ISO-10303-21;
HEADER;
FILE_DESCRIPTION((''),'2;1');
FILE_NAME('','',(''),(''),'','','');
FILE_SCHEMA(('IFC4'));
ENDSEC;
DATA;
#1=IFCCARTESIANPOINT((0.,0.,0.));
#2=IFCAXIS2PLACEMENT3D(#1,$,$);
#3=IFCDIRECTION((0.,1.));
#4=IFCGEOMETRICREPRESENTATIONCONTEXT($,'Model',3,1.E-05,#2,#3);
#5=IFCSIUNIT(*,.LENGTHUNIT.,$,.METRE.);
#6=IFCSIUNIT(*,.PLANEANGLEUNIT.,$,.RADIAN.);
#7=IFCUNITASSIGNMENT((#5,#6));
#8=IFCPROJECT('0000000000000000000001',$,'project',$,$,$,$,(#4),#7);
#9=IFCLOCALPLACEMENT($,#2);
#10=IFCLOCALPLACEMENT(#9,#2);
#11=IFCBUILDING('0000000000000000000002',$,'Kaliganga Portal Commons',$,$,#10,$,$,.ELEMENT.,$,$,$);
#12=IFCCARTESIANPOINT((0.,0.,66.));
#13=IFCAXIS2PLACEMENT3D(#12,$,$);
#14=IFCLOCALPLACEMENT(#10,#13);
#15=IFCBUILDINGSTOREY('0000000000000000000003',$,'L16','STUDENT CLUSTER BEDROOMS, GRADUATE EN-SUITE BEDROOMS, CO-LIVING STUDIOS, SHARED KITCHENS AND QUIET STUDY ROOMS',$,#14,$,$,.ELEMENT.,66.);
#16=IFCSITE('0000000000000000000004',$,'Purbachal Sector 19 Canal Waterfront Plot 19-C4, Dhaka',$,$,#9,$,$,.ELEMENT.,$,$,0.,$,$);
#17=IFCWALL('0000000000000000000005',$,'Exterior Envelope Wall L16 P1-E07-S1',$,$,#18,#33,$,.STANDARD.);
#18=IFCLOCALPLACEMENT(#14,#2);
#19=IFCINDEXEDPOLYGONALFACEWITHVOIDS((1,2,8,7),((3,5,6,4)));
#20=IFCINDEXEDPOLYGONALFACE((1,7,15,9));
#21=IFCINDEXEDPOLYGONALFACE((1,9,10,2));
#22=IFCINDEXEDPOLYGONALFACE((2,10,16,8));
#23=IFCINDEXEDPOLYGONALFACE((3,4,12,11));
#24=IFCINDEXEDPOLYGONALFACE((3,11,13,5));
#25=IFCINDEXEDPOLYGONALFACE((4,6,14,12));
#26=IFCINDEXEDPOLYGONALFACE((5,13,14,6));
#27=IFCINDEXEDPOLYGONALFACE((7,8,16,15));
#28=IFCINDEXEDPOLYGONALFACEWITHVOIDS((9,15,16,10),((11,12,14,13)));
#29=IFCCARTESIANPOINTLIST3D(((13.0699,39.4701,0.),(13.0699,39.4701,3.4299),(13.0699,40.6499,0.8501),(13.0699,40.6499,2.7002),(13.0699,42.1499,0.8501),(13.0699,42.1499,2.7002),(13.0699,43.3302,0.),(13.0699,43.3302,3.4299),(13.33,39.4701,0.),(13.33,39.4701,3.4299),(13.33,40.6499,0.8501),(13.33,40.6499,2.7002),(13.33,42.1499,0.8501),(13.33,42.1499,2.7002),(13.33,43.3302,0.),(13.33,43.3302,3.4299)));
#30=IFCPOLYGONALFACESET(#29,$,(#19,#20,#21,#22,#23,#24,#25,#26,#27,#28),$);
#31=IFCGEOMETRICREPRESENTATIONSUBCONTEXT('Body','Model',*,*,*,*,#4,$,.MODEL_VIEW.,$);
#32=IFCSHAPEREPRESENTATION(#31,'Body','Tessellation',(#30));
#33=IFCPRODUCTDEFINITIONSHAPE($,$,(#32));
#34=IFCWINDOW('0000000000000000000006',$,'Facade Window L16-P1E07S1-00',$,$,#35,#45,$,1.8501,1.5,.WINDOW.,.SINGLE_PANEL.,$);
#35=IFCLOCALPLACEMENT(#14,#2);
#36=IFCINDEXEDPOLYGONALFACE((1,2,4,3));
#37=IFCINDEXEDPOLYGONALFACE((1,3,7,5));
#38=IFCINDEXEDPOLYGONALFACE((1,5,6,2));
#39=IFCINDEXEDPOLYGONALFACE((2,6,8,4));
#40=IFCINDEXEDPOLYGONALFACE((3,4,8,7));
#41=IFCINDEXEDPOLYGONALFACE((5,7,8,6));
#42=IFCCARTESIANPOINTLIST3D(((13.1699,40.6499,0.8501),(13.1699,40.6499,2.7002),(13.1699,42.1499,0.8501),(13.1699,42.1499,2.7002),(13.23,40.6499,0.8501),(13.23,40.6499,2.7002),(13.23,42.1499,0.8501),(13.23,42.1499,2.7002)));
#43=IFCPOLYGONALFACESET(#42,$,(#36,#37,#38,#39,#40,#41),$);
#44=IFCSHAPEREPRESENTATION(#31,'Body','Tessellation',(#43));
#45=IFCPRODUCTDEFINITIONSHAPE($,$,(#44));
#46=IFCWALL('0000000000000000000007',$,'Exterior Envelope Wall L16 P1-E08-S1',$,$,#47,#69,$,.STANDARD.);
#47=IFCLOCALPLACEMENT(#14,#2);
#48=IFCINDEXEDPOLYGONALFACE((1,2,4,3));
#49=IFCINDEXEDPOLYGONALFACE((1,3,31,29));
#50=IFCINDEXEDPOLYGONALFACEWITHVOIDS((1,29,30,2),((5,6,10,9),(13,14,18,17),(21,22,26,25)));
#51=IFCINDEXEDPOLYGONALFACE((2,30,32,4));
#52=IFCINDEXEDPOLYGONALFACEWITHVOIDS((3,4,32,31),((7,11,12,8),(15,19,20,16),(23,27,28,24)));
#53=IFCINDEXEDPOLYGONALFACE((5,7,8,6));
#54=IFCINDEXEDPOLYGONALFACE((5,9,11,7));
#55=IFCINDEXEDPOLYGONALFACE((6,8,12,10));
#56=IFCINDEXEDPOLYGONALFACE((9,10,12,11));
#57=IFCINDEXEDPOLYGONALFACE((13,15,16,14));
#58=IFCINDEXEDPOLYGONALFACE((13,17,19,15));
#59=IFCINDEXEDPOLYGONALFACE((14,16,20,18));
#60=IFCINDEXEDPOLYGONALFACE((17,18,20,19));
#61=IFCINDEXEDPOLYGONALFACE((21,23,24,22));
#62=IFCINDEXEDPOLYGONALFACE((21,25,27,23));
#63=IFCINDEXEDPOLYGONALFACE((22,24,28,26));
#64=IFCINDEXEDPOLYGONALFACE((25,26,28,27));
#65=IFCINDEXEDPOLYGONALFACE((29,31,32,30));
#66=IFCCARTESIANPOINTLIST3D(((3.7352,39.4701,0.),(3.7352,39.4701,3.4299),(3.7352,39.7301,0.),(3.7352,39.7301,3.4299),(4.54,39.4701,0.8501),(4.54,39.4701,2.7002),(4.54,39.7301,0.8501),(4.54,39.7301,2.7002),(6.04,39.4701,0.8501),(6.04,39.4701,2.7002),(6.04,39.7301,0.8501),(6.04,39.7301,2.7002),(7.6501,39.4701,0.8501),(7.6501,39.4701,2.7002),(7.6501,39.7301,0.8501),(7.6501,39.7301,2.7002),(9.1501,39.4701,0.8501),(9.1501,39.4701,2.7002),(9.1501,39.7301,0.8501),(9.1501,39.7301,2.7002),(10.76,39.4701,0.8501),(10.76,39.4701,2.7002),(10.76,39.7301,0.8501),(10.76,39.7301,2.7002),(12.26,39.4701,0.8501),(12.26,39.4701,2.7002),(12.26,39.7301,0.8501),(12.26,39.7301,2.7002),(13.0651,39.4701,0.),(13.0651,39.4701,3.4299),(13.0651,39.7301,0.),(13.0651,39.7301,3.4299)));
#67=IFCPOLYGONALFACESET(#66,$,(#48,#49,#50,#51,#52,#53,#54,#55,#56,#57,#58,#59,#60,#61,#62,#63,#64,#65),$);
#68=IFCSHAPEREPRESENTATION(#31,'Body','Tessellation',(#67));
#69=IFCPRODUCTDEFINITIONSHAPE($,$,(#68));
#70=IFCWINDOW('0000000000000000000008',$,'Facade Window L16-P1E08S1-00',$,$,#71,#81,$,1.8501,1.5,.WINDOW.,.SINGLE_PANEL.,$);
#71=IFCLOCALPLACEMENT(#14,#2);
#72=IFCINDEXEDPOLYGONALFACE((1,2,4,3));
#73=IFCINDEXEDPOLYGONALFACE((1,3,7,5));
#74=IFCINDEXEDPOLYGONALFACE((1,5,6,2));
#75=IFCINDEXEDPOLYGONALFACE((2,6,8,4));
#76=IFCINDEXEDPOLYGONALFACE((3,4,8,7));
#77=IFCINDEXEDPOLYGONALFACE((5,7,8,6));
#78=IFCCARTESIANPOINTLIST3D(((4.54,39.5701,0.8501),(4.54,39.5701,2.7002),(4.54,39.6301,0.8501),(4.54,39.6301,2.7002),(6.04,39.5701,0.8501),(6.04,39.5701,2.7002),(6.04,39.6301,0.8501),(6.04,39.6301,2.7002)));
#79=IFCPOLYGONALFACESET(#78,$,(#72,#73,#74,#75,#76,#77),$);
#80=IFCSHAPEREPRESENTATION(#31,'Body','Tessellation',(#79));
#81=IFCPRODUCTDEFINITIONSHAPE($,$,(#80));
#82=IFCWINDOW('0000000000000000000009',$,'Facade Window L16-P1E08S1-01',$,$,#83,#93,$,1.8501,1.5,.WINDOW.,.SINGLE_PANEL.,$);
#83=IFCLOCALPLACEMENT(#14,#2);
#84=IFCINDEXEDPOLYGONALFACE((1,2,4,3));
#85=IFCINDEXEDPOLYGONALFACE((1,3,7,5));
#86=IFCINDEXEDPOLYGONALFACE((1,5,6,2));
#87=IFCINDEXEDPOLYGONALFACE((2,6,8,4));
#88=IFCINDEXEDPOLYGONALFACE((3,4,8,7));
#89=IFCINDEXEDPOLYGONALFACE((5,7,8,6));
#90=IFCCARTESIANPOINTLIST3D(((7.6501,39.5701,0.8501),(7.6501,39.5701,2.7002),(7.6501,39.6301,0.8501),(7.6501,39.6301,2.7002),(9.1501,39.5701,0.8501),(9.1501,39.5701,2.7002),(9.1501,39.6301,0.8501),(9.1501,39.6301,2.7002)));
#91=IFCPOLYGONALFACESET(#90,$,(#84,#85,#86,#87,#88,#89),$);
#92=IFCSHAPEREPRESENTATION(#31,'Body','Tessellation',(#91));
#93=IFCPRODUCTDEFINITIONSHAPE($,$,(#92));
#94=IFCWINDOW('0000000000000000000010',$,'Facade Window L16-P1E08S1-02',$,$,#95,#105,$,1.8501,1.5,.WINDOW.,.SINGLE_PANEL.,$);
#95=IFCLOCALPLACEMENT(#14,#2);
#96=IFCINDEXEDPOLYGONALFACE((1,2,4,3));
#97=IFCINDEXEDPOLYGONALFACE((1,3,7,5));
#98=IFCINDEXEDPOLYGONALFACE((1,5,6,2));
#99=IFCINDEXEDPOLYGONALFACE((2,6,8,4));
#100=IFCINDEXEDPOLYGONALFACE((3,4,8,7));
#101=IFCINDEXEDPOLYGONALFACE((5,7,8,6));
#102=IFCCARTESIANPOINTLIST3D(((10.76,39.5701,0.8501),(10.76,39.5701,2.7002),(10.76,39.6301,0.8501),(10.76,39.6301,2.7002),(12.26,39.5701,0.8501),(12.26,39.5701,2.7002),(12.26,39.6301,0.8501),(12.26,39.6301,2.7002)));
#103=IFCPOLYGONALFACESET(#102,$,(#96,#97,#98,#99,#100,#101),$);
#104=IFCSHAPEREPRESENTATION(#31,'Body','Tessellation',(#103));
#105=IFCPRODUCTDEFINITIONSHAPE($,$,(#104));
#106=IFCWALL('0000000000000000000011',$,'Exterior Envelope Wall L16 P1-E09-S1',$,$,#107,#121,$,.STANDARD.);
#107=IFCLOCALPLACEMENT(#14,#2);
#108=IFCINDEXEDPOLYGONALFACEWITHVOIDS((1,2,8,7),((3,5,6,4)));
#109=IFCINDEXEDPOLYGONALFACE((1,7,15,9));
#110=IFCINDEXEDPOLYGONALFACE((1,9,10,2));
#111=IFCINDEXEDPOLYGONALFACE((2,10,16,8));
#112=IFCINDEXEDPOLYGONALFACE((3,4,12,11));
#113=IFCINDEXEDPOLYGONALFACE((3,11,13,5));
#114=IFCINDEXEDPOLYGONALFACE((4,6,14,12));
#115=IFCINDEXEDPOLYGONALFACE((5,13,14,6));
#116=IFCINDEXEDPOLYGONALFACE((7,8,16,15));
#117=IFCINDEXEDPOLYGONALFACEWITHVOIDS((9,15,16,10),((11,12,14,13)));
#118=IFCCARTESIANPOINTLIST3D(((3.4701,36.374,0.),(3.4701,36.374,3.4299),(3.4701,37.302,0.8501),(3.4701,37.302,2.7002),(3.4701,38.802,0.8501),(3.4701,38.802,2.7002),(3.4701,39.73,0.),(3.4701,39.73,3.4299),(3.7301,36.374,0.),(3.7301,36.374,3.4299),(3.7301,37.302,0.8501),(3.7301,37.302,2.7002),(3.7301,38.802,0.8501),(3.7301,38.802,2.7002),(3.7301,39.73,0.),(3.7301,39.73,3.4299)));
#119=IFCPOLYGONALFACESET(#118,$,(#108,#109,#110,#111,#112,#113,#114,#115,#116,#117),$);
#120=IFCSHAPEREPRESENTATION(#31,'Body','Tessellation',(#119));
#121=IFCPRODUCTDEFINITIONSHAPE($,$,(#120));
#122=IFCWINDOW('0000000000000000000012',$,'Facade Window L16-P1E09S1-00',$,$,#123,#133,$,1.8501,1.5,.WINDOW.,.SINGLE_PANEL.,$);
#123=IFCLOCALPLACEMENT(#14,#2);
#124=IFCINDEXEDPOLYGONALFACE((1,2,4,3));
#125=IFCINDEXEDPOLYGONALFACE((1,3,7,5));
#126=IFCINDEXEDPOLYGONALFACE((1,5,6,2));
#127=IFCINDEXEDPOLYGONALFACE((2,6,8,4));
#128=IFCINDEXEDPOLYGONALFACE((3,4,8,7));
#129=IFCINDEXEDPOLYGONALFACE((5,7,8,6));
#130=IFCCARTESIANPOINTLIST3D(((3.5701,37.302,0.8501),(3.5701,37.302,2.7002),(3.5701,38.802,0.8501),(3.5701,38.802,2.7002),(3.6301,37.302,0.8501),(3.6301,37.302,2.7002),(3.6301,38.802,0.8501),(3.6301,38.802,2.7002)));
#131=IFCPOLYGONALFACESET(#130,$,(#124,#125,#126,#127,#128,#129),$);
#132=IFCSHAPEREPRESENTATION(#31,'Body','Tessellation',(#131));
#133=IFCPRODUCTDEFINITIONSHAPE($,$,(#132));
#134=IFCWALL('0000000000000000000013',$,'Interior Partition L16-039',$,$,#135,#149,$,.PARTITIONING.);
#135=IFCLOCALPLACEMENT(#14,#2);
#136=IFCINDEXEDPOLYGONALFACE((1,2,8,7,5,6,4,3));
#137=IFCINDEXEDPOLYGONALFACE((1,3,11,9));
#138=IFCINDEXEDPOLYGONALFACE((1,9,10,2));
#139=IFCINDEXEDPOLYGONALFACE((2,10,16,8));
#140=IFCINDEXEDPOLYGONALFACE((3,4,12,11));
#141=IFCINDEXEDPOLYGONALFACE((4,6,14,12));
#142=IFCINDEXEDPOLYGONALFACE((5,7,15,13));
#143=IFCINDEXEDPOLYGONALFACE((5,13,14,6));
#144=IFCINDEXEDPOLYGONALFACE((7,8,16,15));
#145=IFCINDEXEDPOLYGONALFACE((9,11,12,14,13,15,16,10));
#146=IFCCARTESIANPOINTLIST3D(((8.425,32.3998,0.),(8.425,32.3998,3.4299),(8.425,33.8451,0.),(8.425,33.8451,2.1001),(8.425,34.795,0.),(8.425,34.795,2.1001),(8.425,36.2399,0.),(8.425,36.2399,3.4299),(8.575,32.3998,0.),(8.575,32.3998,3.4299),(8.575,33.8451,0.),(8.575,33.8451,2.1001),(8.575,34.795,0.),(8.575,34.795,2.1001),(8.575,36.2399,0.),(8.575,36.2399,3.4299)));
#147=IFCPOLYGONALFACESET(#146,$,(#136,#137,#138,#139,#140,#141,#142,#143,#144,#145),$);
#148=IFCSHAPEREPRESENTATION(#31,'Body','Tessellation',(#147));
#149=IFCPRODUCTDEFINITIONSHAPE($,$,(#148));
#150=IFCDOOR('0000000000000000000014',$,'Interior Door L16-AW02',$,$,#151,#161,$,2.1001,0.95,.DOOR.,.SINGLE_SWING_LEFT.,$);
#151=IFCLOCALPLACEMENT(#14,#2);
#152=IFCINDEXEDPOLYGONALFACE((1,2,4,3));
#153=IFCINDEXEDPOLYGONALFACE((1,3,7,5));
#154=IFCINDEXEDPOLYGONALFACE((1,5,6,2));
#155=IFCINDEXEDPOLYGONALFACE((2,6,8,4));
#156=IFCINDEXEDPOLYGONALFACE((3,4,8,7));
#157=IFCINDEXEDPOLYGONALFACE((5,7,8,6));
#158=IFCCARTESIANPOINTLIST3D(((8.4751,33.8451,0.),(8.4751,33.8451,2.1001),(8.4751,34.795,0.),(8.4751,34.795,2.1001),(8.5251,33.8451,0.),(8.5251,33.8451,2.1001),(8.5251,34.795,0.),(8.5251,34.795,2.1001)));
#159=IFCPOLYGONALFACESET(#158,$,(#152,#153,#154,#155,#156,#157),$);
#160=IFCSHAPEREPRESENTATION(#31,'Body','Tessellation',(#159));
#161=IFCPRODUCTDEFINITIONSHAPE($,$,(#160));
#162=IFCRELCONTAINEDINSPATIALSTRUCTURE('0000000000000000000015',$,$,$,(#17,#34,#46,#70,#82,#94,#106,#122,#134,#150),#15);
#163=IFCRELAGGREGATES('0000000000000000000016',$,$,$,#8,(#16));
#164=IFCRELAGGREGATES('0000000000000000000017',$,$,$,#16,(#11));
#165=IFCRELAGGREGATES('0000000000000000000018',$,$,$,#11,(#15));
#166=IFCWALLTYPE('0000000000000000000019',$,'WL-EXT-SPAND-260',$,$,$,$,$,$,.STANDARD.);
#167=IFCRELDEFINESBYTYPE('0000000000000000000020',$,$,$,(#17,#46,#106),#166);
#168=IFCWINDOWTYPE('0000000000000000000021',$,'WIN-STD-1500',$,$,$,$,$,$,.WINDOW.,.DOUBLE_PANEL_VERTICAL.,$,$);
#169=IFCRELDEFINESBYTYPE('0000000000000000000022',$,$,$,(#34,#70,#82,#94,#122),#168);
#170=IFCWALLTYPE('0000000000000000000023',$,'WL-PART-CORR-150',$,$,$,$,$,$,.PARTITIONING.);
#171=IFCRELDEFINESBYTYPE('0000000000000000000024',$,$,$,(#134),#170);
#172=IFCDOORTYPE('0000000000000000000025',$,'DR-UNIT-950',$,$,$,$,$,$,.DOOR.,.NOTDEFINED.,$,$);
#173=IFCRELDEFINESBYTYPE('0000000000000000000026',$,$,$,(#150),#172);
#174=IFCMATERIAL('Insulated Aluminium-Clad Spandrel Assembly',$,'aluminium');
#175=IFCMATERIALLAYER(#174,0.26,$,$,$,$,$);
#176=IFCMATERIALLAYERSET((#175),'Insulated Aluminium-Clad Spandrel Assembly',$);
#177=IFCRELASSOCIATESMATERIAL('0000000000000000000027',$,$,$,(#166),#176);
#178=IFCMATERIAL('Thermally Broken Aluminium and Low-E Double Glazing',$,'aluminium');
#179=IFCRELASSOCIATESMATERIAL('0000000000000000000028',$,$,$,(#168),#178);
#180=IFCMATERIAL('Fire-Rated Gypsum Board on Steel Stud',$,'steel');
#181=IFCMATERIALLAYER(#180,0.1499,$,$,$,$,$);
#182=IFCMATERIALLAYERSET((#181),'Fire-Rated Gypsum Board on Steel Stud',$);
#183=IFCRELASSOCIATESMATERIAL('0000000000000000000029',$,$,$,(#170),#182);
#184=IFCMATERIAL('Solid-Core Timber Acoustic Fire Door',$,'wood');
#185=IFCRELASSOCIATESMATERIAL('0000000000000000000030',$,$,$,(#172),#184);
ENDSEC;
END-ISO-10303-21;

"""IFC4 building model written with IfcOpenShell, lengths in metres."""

from ifc_helpers import new_model, si_unit, direction, frame, frame_2d, origin, place, context, subcontext, project, spatial, rectangle, extrude, material, layer, layer_set, type_object, element, fill, save


model = new_model("IFC4")

# Units and contexts
model_context = context("Model", 3, precision=1e-05, world=origin(), true_north=direction((0.0, 1.0)))
body_context = subcontext(model_context, "Body", "Model", "MODEL_VIEW")
ifc_project = project(units=[si_unit("LENGTHUNIT", "METRE"), si_unit("PLANEANGLEUNIT", "RADIAN")], contexts=[model_context])

# Site, building, storey
site_placement = place(None, origin())
site = spatial("IfcSite", under=ifc_project, at=site_placement, Name="Purbachal Sector 19 Canal Waterfront Plot 19-C4, Dhaka", CompositionType="ELEMENT", RefElevation=0.0)
building_placement = place(site_placement, origin())
building = spatial("IfcBuilding", under=site, at=building_placement, Name="Kaliganga Portal Commons", CompositionType="ELEMENT")
storey_placement = place(building_placement, frame((0.0, 0.0, 66.0)))
storey = spatial("IfcBuildingStorey", under=building, at=storey_placement, Name="L16", Description="STUDENT CLUSTER BEDROOMS, GRADUATE EN-SUITE BEDROOMS, CO-LIVING STUDIOS, SHARED KITCHENS AND QUIET STUDY ROOMS", CompositionType="ELEMENT", Elevation=66.0)

# Shared definitions
ifc_material_1 = material(Name="Insulated Aluminium-Clad Spandrel Assembly", Category="aluminium")
ifc_layer_1 = layer(ifc_material_1, 0.26)
ifc_layer_set_1 = layer_set([ifc_layer_1], Name="Insulated Aluminium-Clad Spandrel Assembly")
wall_type_1 = type_object("IfcWallType", Name="WL-EXT-SPAND-260", PredefinedType="STANDARD", material=ifc_layer_set_1)

# Wall, opening, window
wall_1_placement = place(storey_placement, frame((13.2, 39.47, 0.0), z_axis=(0.0, 0.0, 1.0), x_axis=(0.0, 1.0, 0.0)))
wall_1 = element("IfcWall", 1, at=wall_1_placement, inside=storey, type_object=wall_type_1, Name="Exterior Envelope Wall L16 P1-E07-S1", PredefinedType="STANDARD", context=body_context, shape_type="SweptSolid", body=[
    extrude(rectangle(XDim=3.8601, YDim=0.26, at=frame_2d((1.9302, 0.0))), origin(), (0.0, 0.0, 1.0), 3.4299),
])
opening_1_placement = place(wall_1_placement, frame((1.1799, 0.0, 0.8501)))
opening_1 = element("IfcOpeningElement", 2, at=opening_1_placement, cuts=wall_1, PredefinedType="OPENING", context=body_context, shape_type="SweptSolid", body=[
    extrude(rectangle(XDim=1.5, YDim=1.8501, at=frame_2d((0.75, 0.925))), frame((0.0, 0.1401, 0.0), z_axis=(0.0, -1.0, 0.0), x_axis=(1.0, 0.0, 0.0)), (0.0, 0.0, 1.0), 0.28),
])
ifc_material_2 = material(Name="Thermally Broken Aluminium and Low-E Double Glazing", Category="aluminium")
window_type = type_object("IfcWindowType", Name="WIN-STD-1500", PartitioningType="DOUBLE_PANEL_VERTICAL", PredefinedType="WINDOW", material=ifc_material_2)
window_1_placement = place(opening_1_placement, origin())
window_1 = element("IfcWindow", 3, at=window_1_placement, inside=storey, type_object=window_type, Name="Facade Window L16-P1E07S1-00", OverallHeight=1.8501, OverallWidth=1.5, PartitioningType="SINGLE_PANEL", PredefinedType="WINDOW", context=body_context, shape_type="SweptSolid", body=[
    extrude(rectangle(XDim=1.5, YDim=1.8501, at=frame_2d((0.75, 0.925))), frame((0.0, 0.03, 0.0), z_axis=(0.0, -1.0, 0.0), x_axis=(1.0, 0.0, 0.0)), (0.0, 0.0, 1.0), 0.0601),
])
fill(opening_1, window_1)

# Wall, openings, windows
wall_2_placement = place(storey_placement, frame((3.7351, 39.6001, 0.0), z_axis=(0.0, 0.0, 1.0), x_axis=(1.0, 0.0, 0.0)))
wall_2 = element("IfcWall", 4, at=wall_2_placement, inside=storey, type_object=wall_type_1, Name="Exterior Envelope Wall L16 P1-E08-S1", PredefinedType="STANDARD", context=body_context, shape_type="SweptSolid", body=[
    extrude(rectangle(XDim=9.3298, YDim=0.26, at=frame_2d((4.665, 0.0))), origin(), (0.0, 0.0, 1.0), 3.4299),
])
opening_2_placement = place(wall_2_placement, frame((0.8049, 0.0, 0.8501)))
opening_2 = element("IfcOpeningElement", 5, at=opening_2_placement, cuts=wall_2, PredefinedType="OPENING", context=body_context, shape_type="SweptSolid", body=[
    extrude(rectangle(XDim=1.5, YDim=1.8501, at=frame_2d((0.75, 0.925))), frame((0.0, 0.1401, 0.0), z_axis=(0.0, -1.0, 0.0), x_axis=(1.0, 0.0, 0.0)), (0.0, 0.0, 1.0), 0.28),
])
opening_3_placement = place(wall_2_placement, frame((3.915, 0.0, 0.8501)))
opening_3 = element("IfcOpeningElement", 6, at=opening_3_placement, cuts=wall_2, PredefinedType="OPENING", context=body_context, shape_type="SweptSolid", body=[
    extrude(rectangle(XDim=1.5, YDim=1.8501, at=frame_2d((0.75, 0.925))), frame((0.0, 0.1401, 0.0), z_axis=(0.0, -1.0, 0.0), x_axis=(1.0, 0.0, 0.0)), (0.0, 0.0, 1.0), 0.28),
])
opening_4_placement = place(wall_2_placement, frame((7.0249, 0.0, 0.8501)))
opening_4 = element("IfcOpeningElement", 7, at=opening_4_placement, cuts=wall_2, PredefinedType="OPENING", context=body_context, shape_type="SweptSolid", body=[
    extrude(rectangle(XDim=1.5, YDim=1.8501, at=frame_2d((0.75, 0.925))), frame((0.0, 0.1401, 0.0), z_axis=(0.0, -1.0, 0.0), x_axis=(1.0, 0.0, 0.0)), (0.0, 0.0, 1.0), 0.28),
])
window_2_placement = place(opening_2_placement, origin())
window_2 = element("IfcWindow", 8, at=window_2_placement, inside=storey, type_object=window_type, Name="Facade Window L16-P1E08S1-00", OverallHeight=1.8501, OverallWidth=1.5, PartitioningType="SINGLE_PANEL", PredefinedType="WINDOW", context=body_context, shape_type="SweptSolid", body=[
    extrude(rectangle(XDim=1.5, YDim=1.8501, at=frame_2d((0.75, 0.925))), frame((0.0, 0.03, 0.0), z_axis=(0.0, -1.0, 0.0), x_axis=(1.0, 0.0, 0.0)), (0.0, 0.0, 1.0), 0.0601),
])
fill(opening_2, window_2)
window_3_placement = place(opening_3_placement, origin())
window_3 = element("IfcWindow", 9, at=window_3_placement, inside=storey, type_object=window_type, Name="Facade Window L16-P1E08S1-01", OverallHeight=1.8501, OverallWidth=1.5, PartitioningType="SINGLE_PANEL", PredefinedType="WINDOW", context=body_context, shape_type="SweptSolid", body=[
    extrude(rectangle(XDim=1.5, YDim=1.8501, at=frame_2d((0.75, 0.925))), frame((0.0, 0.03, 0.0), z_axis=(0.0, -1.0, 0.0), x_axis=(1.0, 0.0, 0.0)), (0.0, 0.0, 1.0), 0.0601),
])
fill(opening_3, window_3)
window_4_placement = place(opening_4_placement, origin())
window_4 = element("IfcWindow", 10, at=window_4_placement, inside=storey, type_object=window_type, Name="Facade Window L16-P1E08S1-02", OverallHeight=1.8501, OverallWidth=1.5, PartitioningType="SINGLE_PANEL", PredefinedType="WINDOW", context=body_context, shape_type="SweptSolid", body=[
    extrude(rectangle(XDim=1.5, YDim=1.8501, at=frame_2d((0.75, 0.925))), frame((0.0, 0.03, 0.0), z_axis=(0.0, -1.0, 0.0), x_axis=(1.0, 0.0, 0.0)), (0.0, 0.0, 1.0), 0.0601),
])
fill(opening_4, window_4)

# Wall, opening, window
wall_3_placement = place(storey_placement, frame((3.6001, 36.374, 0.0), z_axis=(0.0, 0.0, 1.0), x_axis=(0.0, 1.0, 0.0)))
wall_3 = element("IfcWall", 11, at=wall_3_placement, inside=storey, type_object=wall_type_1, Name="Exterior Envelope Wall L16 P1-E09-S1", PredefinedType="STANDARD", context=body_context, shape_type="SweptSolid", body=[
    extrude(rectangle(XDim=3.356, YDim=0.26, at=frame_2d((1.678, 0.0))), origin(), (0.0, 0.0, 1.0), 3.4299),
])
opening_5_placement = place(wall_3_placement, frame((0.928, 0.0, 0.8501)))
opening_5 = element("IfcOpeningElement", 12, at=opening_5_placement, cuts=wall_3, PredefinedType="OPENING", context=body_context, shape_type="SweptSolid", body=[
    extrude(rectangle(XDim=1.5, YDim=1.8501, at=frame_2d((0.75, 0.925))), frame((0.0, 0.1401, 0.0), z_axis=(0.0, -1.0, 0.0), x_axis=(1.0, 0.0, 0.0)), (0.0, 0.0, 1.0), 0.28),
])
window_5_placement = place(opening_5_placement, origin())
window_5 = element("IfcWindow", 13, at=window_5_placement, inside=storey, type_object=window_type, Name="Facade Window L16-P1E09S1-00", OverallHeight=1.8501, OverallWidth=1.5, PartitioningType="SINGLE_PANEL", PredefinedType="WINDOW", context=body_context, shape_type="SweptSolid", body=[
    extrude(rectangle(XDim=1.5, YDim=1.8501, at=frame_2d((0.75, 0.925))), frame((0.0, 0.03, 0.0), z_axis=(0.0, -1.0, 0.0), x_axis=(1.0, 0.0, 0.0)), (0.0, 0.0, 1.0), 0.0601),
])
fill(opening_5, window_5)

# Wall, opening, door
ifc_material_3 = material(Name="Fire-Rated Gypsum Board on Steel Stud", Category="steel")
ifc_layer_2 = layer(ifc_material_3, 0.1499)
ifc_layer_set_2 = layer_set([ifc_layer_2], Name="Fire-Rated Gypsum Board on Steel Stud")
wall_type_2 = type_object("IfcWallType", Name="WL-PART-CORR-150", PredefinedType="PARTITIONING", material=ifc_layer_set_2)
wall_4_placement = place(storey_placement, frame((8.5, 32.3999, 0.0), z_axis=(0.0, 0.0, 1.0), x_axis=(0.0, 1.0, 0.0)))
wall_4 = element("IfcWall", 14, at=wall_4_placement, inside=storey, type_object=wall_type_2, Name="Interior Partition L16-039", PredefinedType="PARTITIONING", context=body_context, shape_type="SweptSolid", body=[
    extrude(rectangle(XDim=3.8401, YDim=0.1499, at=frame_2d((1.9199, 0.0))), origin(), (0.0, 0.0, 1.0), 3.4299),
])
opening_6_placement = place(wall_4_placement, frame((1.4451, 0.0, 0.0)))
opening_6 = element("IfcOpeningElement", 15, at=opening_6_placement, cuts=wall_4, PredefinedType="OPENING", context=body_context, shape_type="SweptSolid", body=[
    extrude(rectangle(XDim=0.95, YDim=2.1001, at=frame_2d((0.4751, 1.05))), frame((0.0, 0.085, 0.0), z_axis=(0.0, -1.0, 0.0), x_axis=(1.0, 0.0, 0.0)), (0.0, 0.0, 1.0), 0.1699),
])
ifc_material_4 = material(Name="Solid-Core Timber Acoustic Fire Door", Category="wood")
door_type_1 = type_object("IfcDoorType", Name="DR-UNIT-950", OperationType="NOTDEFINED", PredefinedType="DOOR", material=ifc_material_4)
door_1_placement = place(opening_6_placement, origin())
door_1 = element("IfcDoor", 16, at=door_1_placement, inside=storey, type_object=door_type_1, Name="Interior Door L16-AW02", OperationType="SINGLE_SWING_LEFT", OverallHeight=2.1001, OverallWidth=0.95, PredefinedType="DOOR", context=body_context, shape_type="SweptSolid", body=[
    extrude(rectangle(XDim=0.95, YDim=2.1001, at=frame_2d((0.4751, 1.05))), frame((0.0, 0.0249, 0.0), z_axis=(0.0, -1.0, 0.0), x_axis=(1.0, 0.0, 0.0)), (0.0, 0.0, 1.0), 0.05),
])
fill(opening_6, door_1)

save(model, "model.ifc")
